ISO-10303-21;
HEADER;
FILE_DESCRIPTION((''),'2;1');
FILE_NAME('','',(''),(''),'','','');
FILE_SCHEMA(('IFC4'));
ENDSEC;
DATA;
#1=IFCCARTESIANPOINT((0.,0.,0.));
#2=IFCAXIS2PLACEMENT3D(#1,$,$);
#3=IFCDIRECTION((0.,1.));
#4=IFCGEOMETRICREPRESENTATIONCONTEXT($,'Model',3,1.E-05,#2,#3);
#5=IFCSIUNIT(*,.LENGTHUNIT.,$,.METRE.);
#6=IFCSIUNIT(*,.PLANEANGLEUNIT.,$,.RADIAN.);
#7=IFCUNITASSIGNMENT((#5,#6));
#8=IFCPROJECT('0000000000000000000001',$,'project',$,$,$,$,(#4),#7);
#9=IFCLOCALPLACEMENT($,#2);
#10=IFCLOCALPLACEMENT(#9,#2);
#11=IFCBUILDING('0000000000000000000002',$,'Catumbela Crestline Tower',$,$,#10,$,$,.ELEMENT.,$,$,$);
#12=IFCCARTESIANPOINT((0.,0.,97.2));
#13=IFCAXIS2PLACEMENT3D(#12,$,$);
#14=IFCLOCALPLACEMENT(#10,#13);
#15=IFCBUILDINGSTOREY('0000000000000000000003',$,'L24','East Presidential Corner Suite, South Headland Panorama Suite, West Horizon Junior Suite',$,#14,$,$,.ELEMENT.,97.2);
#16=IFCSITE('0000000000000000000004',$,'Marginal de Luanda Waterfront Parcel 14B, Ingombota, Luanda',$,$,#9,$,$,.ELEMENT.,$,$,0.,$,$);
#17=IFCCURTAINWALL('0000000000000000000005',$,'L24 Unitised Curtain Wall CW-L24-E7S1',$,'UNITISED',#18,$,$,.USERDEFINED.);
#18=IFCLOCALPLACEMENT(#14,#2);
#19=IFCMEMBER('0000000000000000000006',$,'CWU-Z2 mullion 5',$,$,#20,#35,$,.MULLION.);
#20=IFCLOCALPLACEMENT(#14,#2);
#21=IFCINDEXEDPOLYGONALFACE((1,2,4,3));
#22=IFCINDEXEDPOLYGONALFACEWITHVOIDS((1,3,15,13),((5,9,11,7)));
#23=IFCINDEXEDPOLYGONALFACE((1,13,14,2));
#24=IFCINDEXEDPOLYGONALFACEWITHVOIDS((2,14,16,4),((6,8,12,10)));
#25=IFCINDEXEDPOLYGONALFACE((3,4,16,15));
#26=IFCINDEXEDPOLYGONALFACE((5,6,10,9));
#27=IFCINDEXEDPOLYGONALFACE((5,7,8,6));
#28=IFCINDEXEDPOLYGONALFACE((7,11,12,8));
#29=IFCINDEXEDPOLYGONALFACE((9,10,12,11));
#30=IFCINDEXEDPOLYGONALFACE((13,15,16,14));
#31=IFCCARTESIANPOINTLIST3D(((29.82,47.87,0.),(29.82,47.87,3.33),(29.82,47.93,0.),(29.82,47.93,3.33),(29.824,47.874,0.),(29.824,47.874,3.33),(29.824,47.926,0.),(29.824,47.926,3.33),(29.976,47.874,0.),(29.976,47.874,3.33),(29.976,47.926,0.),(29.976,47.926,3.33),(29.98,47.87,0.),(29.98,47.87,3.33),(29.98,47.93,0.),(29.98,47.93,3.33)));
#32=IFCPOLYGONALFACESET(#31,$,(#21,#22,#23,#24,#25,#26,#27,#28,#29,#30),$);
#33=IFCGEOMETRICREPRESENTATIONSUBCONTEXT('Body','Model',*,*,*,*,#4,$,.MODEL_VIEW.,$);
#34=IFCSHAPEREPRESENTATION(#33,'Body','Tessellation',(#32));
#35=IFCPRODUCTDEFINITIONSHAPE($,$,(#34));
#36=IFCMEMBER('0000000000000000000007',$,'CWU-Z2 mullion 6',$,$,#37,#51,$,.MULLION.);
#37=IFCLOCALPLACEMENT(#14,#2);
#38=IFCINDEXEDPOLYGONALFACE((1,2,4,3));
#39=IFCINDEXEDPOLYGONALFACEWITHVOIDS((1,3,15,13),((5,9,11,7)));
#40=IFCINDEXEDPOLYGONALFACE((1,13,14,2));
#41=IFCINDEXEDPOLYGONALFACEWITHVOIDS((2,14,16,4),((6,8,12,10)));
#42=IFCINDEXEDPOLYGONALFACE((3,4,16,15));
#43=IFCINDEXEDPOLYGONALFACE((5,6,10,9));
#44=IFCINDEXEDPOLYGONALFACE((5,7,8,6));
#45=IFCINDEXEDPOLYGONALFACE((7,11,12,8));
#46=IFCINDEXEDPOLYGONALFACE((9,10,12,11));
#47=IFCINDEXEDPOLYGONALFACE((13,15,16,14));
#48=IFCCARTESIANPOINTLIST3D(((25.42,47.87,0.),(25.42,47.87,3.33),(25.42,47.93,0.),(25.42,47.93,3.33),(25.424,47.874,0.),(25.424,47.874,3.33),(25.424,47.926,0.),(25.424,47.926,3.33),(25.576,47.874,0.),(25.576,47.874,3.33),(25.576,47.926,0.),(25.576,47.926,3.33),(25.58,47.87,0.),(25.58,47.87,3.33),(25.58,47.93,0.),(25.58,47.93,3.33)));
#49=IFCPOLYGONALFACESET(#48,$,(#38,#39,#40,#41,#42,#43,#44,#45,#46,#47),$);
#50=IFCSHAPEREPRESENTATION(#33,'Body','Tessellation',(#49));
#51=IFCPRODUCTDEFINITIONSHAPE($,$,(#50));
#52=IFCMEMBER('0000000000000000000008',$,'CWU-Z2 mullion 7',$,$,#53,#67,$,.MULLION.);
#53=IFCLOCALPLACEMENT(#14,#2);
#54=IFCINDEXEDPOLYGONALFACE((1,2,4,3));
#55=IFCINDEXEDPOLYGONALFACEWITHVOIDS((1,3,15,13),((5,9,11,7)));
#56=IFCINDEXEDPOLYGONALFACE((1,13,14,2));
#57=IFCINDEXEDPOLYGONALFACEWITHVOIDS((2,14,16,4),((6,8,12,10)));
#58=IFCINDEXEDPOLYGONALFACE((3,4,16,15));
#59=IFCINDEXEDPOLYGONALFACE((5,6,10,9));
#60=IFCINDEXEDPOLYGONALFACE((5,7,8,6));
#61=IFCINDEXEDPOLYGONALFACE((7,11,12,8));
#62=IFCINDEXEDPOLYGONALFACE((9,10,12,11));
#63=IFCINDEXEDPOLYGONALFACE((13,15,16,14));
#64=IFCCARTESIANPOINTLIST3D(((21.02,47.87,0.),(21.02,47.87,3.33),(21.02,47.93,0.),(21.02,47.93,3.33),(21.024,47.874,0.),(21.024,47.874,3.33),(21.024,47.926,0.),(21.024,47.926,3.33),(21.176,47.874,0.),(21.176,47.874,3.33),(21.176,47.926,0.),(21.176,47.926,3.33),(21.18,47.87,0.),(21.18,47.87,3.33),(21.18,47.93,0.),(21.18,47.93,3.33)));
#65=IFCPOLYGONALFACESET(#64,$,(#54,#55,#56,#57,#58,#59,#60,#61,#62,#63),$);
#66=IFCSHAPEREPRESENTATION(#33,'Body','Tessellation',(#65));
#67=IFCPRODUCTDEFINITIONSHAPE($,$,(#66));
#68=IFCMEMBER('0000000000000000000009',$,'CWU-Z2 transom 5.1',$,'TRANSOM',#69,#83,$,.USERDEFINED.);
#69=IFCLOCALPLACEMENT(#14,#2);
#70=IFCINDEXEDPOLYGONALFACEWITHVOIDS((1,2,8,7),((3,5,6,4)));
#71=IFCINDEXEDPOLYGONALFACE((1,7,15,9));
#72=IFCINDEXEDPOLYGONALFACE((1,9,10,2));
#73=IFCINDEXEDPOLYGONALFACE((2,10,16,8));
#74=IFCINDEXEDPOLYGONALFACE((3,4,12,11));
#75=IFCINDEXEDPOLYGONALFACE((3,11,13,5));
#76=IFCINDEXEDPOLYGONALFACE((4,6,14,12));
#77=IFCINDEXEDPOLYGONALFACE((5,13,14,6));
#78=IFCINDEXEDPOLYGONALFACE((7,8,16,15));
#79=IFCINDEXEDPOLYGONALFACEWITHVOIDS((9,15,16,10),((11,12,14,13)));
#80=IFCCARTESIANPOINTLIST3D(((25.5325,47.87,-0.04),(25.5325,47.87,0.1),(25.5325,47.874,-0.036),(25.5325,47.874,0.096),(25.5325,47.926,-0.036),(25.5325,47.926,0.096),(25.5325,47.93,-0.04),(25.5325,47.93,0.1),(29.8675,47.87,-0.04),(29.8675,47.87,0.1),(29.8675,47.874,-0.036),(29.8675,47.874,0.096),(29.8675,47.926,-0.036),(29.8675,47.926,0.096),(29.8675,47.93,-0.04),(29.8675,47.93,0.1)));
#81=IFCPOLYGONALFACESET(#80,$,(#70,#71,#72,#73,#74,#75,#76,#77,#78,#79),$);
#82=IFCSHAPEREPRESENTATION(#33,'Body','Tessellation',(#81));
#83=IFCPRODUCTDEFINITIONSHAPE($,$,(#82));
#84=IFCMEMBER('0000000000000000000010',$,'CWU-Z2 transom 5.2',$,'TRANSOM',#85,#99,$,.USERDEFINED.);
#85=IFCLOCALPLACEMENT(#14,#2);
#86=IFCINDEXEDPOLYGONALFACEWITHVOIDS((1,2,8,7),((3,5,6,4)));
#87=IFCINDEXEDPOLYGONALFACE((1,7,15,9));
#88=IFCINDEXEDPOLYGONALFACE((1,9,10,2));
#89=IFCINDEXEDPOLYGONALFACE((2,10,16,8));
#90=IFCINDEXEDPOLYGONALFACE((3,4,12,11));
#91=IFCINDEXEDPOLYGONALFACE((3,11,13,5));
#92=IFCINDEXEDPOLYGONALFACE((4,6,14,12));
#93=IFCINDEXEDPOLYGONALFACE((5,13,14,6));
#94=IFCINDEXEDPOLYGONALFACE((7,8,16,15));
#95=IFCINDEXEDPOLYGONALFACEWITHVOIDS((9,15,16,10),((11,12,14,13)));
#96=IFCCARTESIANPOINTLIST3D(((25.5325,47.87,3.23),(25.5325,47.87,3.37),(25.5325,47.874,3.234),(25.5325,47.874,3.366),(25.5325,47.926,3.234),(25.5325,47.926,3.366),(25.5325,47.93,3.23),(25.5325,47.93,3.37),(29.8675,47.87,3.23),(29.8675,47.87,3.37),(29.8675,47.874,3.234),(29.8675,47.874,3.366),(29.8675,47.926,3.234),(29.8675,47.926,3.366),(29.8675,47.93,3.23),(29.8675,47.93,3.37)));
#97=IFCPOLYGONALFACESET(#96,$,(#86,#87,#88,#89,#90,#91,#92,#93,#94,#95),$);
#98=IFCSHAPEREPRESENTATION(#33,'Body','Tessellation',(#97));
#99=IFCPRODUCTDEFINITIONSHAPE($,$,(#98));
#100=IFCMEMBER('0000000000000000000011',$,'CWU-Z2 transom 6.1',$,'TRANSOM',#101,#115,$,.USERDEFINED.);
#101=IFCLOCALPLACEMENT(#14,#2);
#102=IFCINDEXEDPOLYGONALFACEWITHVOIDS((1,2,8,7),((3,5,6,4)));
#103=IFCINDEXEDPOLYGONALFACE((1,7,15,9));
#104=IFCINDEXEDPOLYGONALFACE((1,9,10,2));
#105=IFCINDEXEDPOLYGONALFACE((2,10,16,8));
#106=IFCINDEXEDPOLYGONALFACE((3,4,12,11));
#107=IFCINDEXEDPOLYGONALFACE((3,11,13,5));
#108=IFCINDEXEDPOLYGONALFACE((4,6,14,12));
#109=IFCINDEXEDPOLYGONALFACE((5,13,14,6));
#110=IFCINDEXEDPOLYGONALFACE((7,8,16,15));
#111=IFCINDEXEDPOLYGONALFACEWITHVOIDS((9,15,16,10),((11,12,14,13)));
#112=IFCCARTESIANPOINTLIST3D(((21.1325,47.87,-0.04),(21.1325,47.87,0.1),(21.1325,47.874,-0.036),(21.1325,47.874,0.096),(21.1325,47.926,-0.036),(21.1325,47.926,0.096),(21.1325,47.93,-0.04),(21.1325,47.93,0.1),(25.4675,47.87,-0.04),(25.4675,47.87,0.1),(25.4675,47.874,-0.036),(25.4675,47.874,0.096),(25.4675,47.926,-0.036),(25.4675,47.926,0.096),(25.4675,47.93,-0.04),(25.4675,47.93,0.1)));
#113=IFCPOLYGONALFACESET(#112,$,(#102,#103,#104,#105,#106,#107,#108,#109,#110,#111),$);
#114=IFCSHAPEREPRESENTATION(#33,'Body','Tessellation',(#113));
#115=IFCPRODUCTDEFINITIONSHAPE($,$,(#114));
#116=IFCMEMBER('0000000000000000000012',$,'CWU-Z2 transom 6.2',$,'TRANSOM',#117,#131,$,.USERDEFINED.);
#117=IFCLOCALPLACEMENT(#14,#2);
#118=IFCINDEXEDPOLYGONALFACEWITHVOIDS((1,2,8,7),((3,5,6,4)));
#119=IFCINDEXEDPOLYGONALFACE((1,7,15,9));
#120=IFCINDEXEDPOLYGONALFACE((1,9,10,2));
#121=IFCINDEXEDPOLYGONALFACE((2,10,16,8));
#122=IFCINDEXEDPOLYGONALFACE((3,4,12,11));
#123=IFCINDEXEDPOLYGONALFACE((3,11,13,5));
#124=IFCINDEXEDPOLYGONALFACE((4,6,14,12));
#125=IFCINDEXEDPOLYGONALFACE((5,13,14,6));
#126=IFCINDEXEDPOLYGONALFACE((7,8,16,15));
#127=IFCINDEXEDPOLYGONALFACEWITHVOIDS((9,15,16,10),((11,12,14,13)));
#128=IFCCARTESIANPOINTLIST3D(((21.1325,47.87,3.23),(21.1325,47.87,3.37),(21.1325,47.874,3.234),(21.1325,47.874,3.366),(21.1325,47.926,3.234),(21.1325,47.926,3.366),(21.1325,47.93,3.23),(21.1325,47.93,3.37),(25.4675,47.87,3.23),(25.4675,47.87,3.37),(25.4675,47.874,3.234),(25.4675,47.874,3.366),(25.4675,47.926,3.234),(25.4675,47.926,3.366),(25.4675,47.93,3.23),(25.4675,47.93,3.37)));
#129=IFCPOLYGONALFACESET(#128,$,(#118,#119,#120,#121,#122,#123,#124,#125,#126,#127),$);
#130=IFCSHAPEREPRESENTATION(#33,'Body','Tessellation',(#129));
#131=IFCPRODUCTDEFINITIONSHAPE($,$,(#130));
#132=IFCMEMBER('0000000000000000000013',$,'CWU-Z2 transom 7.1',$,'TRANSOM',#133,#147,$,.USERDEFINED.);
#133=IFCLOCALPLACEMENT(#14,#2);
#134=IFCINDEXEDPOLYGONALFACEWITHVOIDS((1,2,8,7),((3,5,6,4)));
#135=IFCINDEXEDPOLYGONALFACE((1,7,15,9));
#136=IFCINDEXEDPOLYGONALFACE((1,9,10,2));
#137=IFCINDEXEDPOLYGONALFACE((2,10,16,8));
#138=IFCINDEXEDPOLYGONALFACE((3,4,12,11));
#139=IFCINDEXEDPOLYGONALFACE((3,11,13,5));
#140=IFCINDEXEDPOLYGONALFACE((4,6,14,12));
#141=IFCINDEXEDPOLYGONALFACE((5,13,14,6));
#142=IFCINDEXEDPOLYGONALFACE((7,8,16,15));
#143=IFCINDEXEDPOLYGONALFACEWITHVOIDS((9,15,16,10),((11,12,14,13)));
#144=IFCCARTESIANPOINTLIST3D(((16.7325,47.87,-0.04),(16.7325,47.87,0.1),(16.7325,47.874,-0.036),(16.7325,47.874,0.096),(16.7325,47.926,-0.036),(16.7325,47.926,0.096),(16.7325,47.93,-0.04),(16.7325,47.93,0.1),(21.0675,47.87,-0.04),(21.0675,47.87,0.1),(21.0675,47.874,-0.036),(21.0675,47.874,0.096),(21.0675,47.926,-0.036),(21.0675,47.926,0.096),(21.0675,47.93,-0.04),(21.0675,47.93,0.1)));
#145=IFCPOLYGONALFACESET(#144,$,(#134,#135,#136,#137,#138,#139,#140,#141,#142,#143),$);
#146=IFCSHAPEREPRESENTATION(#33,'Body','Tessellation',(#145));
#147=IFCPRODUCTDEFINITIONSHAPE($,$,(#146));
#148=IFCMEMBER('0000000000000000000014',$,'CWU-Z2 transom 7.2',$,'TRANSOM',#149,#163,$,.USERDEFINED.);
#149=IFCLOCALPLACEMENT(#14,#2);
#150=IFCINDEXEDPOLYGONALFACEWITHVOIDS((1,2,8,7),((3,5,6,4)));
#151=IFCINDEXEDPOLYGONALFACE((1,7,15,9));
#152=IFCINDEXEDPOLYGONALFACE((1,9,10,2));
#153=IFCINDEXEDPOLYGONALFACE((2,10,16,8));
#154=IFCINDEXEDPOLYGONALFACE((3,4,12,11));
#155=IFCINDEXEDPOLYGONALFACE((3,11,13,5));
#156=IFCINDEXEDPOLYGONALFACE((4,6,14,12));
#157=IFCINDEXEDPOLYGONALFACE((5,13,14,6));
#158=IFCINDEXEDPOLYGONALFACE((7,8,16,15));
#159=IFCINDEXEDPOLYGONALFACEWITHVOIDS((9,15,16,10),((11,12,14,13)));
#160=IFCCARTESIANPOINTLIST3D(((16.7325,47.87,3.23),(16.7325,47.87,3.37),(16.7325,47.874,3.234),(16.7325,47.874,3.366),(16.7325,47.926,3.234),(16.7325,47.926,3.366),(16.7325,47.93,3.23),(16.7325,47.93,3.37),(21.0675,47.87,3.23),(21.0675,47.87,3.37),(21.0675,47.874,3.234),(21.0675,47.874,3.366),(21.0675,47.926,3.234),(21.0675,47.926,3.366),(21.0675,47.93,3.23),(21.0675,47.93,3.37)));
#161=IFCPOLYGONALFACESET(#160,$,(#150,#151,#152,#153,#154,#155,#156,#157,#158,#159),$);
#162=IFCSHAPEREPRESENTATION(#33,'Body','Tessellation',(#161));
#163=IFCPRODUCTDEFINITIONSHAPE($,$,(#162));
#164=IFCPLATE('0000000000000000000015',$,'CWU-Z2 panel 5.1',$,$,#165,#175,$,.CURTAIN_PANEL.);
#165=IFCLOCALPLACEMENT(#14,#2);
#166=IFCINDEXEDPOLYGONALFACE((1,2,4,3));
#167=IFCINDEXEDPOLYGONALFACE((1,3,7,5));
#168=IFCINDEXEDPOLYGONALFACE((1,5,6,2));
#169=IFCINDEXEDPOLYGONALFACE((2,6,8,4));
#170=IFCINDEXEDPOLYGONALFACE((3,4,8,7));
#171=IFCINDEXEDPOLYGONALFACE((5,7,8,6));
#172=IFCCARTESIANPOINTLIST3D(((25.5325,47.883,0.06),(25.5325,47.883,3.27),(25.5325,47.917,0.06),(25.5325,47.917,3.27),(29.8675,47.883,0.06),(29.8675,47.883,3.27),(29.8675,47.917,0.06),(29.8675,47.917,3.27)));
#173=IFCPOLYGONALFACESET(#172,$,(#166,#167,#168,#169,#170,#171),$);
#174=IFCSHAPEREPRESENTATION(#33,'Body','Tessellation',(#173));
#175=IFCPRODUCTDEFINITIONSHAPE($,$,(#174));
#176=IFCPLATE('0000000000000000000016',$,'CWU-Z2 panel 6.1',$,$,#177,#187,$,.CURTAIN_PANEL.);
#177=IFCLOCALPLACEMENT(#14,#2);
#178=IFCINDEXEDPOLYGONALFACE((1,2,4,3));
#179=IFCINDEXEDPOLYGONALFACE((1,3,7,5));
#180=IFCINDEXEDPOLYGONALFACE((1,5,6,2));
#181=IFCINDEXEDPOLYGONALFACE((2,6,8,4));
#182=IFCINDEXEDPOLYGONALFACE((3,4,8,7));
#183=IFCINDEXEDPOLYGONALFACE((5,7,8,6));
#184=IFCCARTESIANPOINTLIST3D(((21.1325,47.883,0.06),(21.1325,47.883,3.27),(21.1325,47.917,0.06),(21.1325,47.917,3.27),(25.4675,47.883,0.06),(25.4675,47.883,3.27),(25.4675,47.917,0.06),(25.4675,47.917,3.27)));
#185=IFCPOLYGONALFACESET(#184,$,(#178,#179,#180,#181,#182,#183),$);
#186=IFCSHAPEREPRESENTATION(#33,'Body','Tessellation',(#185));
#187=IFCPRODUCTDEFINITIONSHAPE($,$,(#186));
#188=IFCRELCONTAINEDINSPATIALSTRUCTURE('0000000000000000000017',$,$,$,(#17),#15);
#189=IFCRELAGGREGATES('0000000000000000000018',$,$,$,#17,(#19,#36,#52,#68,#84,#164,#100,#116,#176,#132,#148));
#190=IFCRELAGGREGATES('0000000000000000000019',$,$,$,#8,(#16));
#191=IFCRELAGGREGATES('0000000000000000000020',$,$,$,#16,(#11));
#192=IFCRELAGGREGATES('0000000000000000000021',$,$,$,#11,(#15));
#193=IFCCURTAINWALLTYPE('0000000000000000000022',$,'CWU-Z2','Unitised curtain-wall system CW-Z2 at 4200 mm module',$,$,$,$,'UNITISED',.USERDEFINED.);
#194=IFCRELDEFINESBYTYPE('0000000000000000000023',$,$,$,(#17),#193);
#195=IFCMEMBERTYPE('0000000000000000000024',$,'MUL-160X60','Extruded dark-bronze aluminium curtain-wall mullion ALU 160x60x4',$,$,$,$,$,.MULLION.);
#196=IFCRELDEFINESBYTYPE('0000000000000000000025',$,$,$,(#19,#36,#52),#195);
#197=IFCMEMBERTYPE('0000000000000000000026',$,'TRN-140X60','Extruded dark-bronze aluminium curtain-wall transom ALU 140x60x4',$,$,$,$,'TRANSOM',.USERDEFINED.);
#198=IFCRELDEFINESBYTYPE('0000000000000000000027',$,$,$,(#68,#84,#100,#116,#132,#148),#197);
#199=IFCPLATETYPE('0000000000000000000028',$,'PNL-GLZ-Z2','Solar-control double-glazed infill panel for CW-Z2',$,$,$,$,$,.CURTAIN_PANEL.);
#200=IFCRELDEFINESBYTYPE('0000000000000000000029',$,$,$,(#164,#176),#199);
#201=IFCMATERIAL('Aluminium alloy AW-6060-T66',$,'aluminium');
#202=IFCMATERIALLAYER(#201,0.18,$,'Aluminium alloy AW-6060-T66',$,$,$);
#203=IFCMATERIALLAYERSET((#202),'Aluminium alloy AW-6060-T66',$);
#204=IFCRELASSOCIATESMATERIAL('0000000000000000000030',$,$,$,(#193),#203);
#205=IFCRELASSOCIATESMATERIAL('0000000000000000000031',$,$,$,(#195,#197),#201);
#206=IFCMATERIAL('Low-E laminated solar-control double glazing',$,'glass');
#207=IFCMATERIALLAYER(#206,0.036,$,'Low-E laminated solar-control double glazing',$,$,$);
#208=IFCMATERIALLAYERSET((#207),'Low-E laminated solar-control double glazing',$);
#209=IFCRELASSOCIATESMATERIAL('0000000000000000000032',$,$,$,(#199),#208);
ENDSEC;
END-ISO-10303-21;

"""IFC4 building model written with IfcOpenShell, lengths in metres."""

from ifc_helpers import new_model, si_unit, direction, frame, origin, origin_2d, place, context, subcontext, project, spatial, rectangle, hollow_rectangle, extrude, material, layer, layer_set, material_profile, profile_set, type_object, element, aggregate, save


model = new_model("IFC4")

# Units and contexts
model_context = context("Model", 3, precision=1e-05, world=origin(), true_north=direction((0.0, 1.0)))
body_context = subcontext(model_context, "Body", "Model", "MODEL_VIEW")
ifc_project = project(units=[si_unit("LENGTHUNIT", "METRE"), si_unit("PLANEANGLEUNIT", "RADIAN")], contexts=[model_context])

# Site, building, storey
site_placement = place(None, origin())
site = spatial("IfcSite", under=ifc_project, at=site_placement, Name="Marginal de Luanda Waterfront Parcel 14B, Ingombota, Luanda", CompositionType="ELEMENT", RefElevation=0.0)
building_placement = place(site_placement, origin())
building = spatial("IfcBuilding", under=site, at=building_placement, Name="Catumbela Crestline Tower", CompositionType="ELEMENT")
storey_placement = place(building_placement, frame((0.0, 0.0, 97.2)))
storey = spatial("IfcBuildingStorey", under=building, at=storey_placement, Name="L24", Description="East Presidential Corner Suite, South Headland Panorama Suite, West Horizon Junior Suite", CompositionType="ELEMENT", Elevation=97.2)

# Curtain wall, members, plates
ifc_material_1 = material(Name="Aluminium alloy AW-6060-T66", Category="aluminium")
ifc_layer_1 = layer(ifc_material_1, 0.18, Name="Aluminium alloy AW-6060-T66")
ifc_layer_set_1 = layer_set([ifc_layer_1], Name="Aluminium alloy AW-6060-T66")
curtain_wall_type = type_object("IfcCurtainWallType", Name="CWU-Z2", Description="Unitised curtain-wall system CW-Z2 at 4200 mm module", ElementType="UNITISED", PredefinedType="USERDEFINED", material=ifc_layer_set_1)
curtain_wall_placement = place(storey_placement, origin())
curtain_wall = element("IfcCurtainWall", 1, at=curtain_wall_placement, inside=storey, type_object=curtain_wall_type, Name="L24 Unitised Curtain Wall CW-L24-E7S1", ObjectType="UNITISED", PredefinedType="USERDEFINED")
ifc_material_profile_1 = material_profile(ifc_material_1, hollow_rectangle(XDim=0.06, YDim=0.16, WallThickness=0.004, at=origin_2d()), Name="ALU 160x60x4")
ifc_profile_set_1 = profile_set([ifc_material_profile_1], Name="Aluminium alloy AW-6060-T66")
member_type_1 = type_object("IfcMemberType", Name="MUL-160X60", Description="Extruded dark-bronze aluminium curtain-wall mullion ALU 160x60x4", PredefinedType="MULLION", material=ifc_profile_set_1)
member_1_placement = place(storey_placement, frame((29.9, 47.9, 0.0), z_axis=(0.0, 0.0, 1.0), x_axis=(0.0, -1.0, 0.0)))
member_1 = element("IfcMember", 2, at=member_1_placement, type_object=member_type_1, Name="CWU-Z2 mullion 5", PredefinedType="MULLION", context=body_context, shape_type="SweptSolid", body=[
    extrude(hollow_rectangle(XDim=0.06, YDim=0.16, WallThickness=0.004, at=origin_2d()), origin(), (0.0, 0.0, 1.0), 3.33),
])
member_2_placement = place(storey_placement, frame((25.5, 47.9, 0.0), z_axis=(0.0, 0.0, 1.0), x_axis=(0.0, -1.0, 0.0)))
member_2 = element("IfcMember", 3, at=member_2_placement, type_object=member_type_1, Name="CWU-Z2 mullion 6", PredefinedType="MULLION", context=body_context, shape_type="SweptSolid", body=[
    extrude(hollow_rectangle(XDim=0.06, YDim=0.16, WallThickness=0.004, at=origin_2d()), origin(), (0.0, 0.0, 1.0), 3.33),
])
member_3_placement = place(storey_placement, frame((21.1, 47.9, 0.0), z_axis=(0.0, 0.0, 1.0), x_axis=(0.0, -1.0, 0.0)))
member_3 = element("IfcMember", 4, at=member_3_placement, type_object=member_type_1, Name="CWU-Z2 mullion 7", PredefinedType="MULLION", context=body_context, shape_type="SweptSolid", body=[
    extrude(hollow_rectangle(XDim=0.06, YDim=0.16, WallThickness=0.004, at=origin_2d()), origin(), (0.0, 0.0, 1.0), 3.33),
])
ifc_material_profile_2 = material_profile(ifc_material_1, hollow_rectangle(XDim=0.06, YDim=0.14, WallThickness=0.004, at=origin_2d()), Name="ALU 140x60x4")
ifc_profile_set_2 = profile_set([ifc_material_profile_2], Name="Aluminium alloy AW-6060-T66")
member_type_2 = type_object("IfcMemberType", Name="TRN-140X60", Description="Extruded dark-bronze aluminium curtain-wall transom ALU 140x60x4", ElementType="TRANSOM", PredefinedType="USERDEFINED", material=ifc_profile_set_2)
member_4_placement = place(storey_placement, frame((29.8675, 47.9, 0.03), z_axis=(-1.0, 0.0, 0.0), x_axis=(0.0, -1.0, 0.0)))
member_4 = element("IfcMember", 5, at=member_4_placement, type_object=member_type_2, Name="CWU-Z2 transom 5.1", ObjectType="TRANSOM", PredefinedType="USERDEFINED", context=body_context, shape_type="SweptSolid", body=[
    extrude(hollow_rectangle(XDim=0.06, YDim=0.14, WallThickness=0.004, at=origin_2d()), origin(), (0.0, 0.0, 1.0), 4.335),
])
member_5_placement = place(storey_placement, frame((29.8675, 47.9, 3.3), z_axis=(-1.0, 0.0, 0.0), x_axis=(0.0, -1.0, 0.0)))
member_5 = element("IfcMember", 6, at=member_5_placement, type_object=member_type_2, Name="CWU-Z2 transom 5.2", ObjectType="TRANSOM", PredefinedType="USERDEFINED", context=body_context, shape_type="SweptSolid", body=[
    extrude(hollow_rectangle(XDim=0.06, YDim=0.14, WallThickness=0.004, at=origin_2d()), origin(), (0.0, 0.0, 1.0), 4.335),
])
member_6_placement = place(storey_placement, frame((25.4675, 47.9, 0.03), z_axis=(-1.0, 0.0, 0.0), x_axis=(0.0, -1.0, 0.0)))
member_6 = element("IfcMember", 7, at=member_6_placement, type_object=member_type_2, Name="CWU-Z2 transom 6.1", ObjectType="TRANSOM", PredefinedType="USERDEFINED", context=body_context, shape_type="SweptSolid", body=[
    extrude(hollow_rectangle(XDim=0.06, YDim=0.14, WallThickness=0.004, at=origin_2d()), origin(), (0.0, 0.0, 1.0), 4.335),
])
member_7_placement = place(storey_placement, frame((25.4675, 47.9, 3.3), z_axis=(-1.0, 0.0, 0.0), x_axis=(0.0, -1.0, 0.0)))
member_7 = element("IfcMember", 8, at=member_7_placement, type_object=member_type_2, Name="CWU-Z2 transom 6.2", ObjectType="TRANSOM", PredefinedType="USERDEFINED", context=body_context, shape_type="SweptSolid", body=[
    extrude(hollow_rectangle(XDim=0.06, YDim=0.14, WallThickness=0.004, at=origin_2d()), origin(), (0.0, 0.0, 1.0), 4.335),
])
member_8_placement = place(storey_placement, frame((21.0675, 47.9, 0.03), z_axis=(-1.0, 0.0, 0.0), x_axis=(0.0, -1.0, 0.0)))
member_8 = element("IfcMember", 9, at=member_8_placement, type_object=member_type_2, Name="CWU-Z2 transom 7.1", ObjectType="TRANSOM", PredefinedType="USERDEFINED", context=body_context, shape_type="SweptSolid", body=[
    extrude(hollow_rectangle(XDim=0.06, YDim=0.14, WallThickness=0.004, at=origin_2d()), origin(), (0.0, 0.0, 1.0), 4.335),
])
member_9_placement = place(storey_placement, frame((21.0675, 47.9, 3.3), z_axis=(-1.0, 0.0, 0.0), x_axis=(0.0, -1.0, 0.0)))
member_9 = element("IfcMember", 10, at=member_9_placement, type_object=member_type_2, Name="CWU-Z2 transom 7.2", ObjectType="TRANSOM", PredefinedType="USERDEFINED", context=body_context, shape_type="SweptSolid", body=[
    extrude(hollow_rectangle(XDim=0.06, YDim=0.14, WallThickness=0.004, at=origin_2d()), origin(), (0.0, 0.0, 1.0), 4.335),
])
ifc_material_2 = material(Name="Low-E laminated solar-control double glazing", Category="glass")
ifc_layer_2 = layer(ifc_material_2, 0.036, Name="Low-E laminated solar-control double glazing")
ifc_layer_set_2 = layer_set([ifc_layer_2], Name="Low-E laminated solar-control double glazing")
plate_type = type_object("IfcPlateType", Name="PNL-GLZ-Z2", Description="Solar-control double-glazed infill panel for CW-Z2", PredefinedType="CURTAIN_PANEL", material=ifc_layer_set_2)
plate_1_placement = place(storey_placement, frame((27.7, 47.9, 0.06), z_axis=(0.0, 0.0, 1.0), x_axis=(-1.0, 0.0, 0.0)))
plate_1 = element("IfcPlate", 11, at=plate_1_placement, type_object=plate_type, Name="CWU-Z2 panel 5.1", PredefinedType="CURTAIN_PANEL", context=body_context, shape_type="SweptSolid", body=[
    extrude(rectangle(XDim=4.335, YDim=0.034, at=origin_2d()), origin(), (0.0, 0.0, 1.0), 3.21),
])
plate_2_placement = place(storey_placement, frame((23.3, 47.9, 0.06), z_axis=(0.0, 0.0, 1.0), x_axis=(-1.0, 0.0, 0.0)))
plate_2 = element("IfcPlate", 12, at=plate_2_placement, type_object=plate_type, Name="CWU-Z2 panel 6.1", PredefinedType="CURTAIN_PANEL", context=body_context, shape_type="SweptSolid", body=[
    extrude(rectangle(XDim=4.335, YDim=0.034, at=origin_2d()), origin(), (0.0, 0.0, 1.0), 3.21),
])
aggregate(curtain_wall, [member_1, member_2, member_3, member_4, member_5, plate_1, member_6, member_7, plate_2, member_8, member_9])

save(model, "model.ifc")
